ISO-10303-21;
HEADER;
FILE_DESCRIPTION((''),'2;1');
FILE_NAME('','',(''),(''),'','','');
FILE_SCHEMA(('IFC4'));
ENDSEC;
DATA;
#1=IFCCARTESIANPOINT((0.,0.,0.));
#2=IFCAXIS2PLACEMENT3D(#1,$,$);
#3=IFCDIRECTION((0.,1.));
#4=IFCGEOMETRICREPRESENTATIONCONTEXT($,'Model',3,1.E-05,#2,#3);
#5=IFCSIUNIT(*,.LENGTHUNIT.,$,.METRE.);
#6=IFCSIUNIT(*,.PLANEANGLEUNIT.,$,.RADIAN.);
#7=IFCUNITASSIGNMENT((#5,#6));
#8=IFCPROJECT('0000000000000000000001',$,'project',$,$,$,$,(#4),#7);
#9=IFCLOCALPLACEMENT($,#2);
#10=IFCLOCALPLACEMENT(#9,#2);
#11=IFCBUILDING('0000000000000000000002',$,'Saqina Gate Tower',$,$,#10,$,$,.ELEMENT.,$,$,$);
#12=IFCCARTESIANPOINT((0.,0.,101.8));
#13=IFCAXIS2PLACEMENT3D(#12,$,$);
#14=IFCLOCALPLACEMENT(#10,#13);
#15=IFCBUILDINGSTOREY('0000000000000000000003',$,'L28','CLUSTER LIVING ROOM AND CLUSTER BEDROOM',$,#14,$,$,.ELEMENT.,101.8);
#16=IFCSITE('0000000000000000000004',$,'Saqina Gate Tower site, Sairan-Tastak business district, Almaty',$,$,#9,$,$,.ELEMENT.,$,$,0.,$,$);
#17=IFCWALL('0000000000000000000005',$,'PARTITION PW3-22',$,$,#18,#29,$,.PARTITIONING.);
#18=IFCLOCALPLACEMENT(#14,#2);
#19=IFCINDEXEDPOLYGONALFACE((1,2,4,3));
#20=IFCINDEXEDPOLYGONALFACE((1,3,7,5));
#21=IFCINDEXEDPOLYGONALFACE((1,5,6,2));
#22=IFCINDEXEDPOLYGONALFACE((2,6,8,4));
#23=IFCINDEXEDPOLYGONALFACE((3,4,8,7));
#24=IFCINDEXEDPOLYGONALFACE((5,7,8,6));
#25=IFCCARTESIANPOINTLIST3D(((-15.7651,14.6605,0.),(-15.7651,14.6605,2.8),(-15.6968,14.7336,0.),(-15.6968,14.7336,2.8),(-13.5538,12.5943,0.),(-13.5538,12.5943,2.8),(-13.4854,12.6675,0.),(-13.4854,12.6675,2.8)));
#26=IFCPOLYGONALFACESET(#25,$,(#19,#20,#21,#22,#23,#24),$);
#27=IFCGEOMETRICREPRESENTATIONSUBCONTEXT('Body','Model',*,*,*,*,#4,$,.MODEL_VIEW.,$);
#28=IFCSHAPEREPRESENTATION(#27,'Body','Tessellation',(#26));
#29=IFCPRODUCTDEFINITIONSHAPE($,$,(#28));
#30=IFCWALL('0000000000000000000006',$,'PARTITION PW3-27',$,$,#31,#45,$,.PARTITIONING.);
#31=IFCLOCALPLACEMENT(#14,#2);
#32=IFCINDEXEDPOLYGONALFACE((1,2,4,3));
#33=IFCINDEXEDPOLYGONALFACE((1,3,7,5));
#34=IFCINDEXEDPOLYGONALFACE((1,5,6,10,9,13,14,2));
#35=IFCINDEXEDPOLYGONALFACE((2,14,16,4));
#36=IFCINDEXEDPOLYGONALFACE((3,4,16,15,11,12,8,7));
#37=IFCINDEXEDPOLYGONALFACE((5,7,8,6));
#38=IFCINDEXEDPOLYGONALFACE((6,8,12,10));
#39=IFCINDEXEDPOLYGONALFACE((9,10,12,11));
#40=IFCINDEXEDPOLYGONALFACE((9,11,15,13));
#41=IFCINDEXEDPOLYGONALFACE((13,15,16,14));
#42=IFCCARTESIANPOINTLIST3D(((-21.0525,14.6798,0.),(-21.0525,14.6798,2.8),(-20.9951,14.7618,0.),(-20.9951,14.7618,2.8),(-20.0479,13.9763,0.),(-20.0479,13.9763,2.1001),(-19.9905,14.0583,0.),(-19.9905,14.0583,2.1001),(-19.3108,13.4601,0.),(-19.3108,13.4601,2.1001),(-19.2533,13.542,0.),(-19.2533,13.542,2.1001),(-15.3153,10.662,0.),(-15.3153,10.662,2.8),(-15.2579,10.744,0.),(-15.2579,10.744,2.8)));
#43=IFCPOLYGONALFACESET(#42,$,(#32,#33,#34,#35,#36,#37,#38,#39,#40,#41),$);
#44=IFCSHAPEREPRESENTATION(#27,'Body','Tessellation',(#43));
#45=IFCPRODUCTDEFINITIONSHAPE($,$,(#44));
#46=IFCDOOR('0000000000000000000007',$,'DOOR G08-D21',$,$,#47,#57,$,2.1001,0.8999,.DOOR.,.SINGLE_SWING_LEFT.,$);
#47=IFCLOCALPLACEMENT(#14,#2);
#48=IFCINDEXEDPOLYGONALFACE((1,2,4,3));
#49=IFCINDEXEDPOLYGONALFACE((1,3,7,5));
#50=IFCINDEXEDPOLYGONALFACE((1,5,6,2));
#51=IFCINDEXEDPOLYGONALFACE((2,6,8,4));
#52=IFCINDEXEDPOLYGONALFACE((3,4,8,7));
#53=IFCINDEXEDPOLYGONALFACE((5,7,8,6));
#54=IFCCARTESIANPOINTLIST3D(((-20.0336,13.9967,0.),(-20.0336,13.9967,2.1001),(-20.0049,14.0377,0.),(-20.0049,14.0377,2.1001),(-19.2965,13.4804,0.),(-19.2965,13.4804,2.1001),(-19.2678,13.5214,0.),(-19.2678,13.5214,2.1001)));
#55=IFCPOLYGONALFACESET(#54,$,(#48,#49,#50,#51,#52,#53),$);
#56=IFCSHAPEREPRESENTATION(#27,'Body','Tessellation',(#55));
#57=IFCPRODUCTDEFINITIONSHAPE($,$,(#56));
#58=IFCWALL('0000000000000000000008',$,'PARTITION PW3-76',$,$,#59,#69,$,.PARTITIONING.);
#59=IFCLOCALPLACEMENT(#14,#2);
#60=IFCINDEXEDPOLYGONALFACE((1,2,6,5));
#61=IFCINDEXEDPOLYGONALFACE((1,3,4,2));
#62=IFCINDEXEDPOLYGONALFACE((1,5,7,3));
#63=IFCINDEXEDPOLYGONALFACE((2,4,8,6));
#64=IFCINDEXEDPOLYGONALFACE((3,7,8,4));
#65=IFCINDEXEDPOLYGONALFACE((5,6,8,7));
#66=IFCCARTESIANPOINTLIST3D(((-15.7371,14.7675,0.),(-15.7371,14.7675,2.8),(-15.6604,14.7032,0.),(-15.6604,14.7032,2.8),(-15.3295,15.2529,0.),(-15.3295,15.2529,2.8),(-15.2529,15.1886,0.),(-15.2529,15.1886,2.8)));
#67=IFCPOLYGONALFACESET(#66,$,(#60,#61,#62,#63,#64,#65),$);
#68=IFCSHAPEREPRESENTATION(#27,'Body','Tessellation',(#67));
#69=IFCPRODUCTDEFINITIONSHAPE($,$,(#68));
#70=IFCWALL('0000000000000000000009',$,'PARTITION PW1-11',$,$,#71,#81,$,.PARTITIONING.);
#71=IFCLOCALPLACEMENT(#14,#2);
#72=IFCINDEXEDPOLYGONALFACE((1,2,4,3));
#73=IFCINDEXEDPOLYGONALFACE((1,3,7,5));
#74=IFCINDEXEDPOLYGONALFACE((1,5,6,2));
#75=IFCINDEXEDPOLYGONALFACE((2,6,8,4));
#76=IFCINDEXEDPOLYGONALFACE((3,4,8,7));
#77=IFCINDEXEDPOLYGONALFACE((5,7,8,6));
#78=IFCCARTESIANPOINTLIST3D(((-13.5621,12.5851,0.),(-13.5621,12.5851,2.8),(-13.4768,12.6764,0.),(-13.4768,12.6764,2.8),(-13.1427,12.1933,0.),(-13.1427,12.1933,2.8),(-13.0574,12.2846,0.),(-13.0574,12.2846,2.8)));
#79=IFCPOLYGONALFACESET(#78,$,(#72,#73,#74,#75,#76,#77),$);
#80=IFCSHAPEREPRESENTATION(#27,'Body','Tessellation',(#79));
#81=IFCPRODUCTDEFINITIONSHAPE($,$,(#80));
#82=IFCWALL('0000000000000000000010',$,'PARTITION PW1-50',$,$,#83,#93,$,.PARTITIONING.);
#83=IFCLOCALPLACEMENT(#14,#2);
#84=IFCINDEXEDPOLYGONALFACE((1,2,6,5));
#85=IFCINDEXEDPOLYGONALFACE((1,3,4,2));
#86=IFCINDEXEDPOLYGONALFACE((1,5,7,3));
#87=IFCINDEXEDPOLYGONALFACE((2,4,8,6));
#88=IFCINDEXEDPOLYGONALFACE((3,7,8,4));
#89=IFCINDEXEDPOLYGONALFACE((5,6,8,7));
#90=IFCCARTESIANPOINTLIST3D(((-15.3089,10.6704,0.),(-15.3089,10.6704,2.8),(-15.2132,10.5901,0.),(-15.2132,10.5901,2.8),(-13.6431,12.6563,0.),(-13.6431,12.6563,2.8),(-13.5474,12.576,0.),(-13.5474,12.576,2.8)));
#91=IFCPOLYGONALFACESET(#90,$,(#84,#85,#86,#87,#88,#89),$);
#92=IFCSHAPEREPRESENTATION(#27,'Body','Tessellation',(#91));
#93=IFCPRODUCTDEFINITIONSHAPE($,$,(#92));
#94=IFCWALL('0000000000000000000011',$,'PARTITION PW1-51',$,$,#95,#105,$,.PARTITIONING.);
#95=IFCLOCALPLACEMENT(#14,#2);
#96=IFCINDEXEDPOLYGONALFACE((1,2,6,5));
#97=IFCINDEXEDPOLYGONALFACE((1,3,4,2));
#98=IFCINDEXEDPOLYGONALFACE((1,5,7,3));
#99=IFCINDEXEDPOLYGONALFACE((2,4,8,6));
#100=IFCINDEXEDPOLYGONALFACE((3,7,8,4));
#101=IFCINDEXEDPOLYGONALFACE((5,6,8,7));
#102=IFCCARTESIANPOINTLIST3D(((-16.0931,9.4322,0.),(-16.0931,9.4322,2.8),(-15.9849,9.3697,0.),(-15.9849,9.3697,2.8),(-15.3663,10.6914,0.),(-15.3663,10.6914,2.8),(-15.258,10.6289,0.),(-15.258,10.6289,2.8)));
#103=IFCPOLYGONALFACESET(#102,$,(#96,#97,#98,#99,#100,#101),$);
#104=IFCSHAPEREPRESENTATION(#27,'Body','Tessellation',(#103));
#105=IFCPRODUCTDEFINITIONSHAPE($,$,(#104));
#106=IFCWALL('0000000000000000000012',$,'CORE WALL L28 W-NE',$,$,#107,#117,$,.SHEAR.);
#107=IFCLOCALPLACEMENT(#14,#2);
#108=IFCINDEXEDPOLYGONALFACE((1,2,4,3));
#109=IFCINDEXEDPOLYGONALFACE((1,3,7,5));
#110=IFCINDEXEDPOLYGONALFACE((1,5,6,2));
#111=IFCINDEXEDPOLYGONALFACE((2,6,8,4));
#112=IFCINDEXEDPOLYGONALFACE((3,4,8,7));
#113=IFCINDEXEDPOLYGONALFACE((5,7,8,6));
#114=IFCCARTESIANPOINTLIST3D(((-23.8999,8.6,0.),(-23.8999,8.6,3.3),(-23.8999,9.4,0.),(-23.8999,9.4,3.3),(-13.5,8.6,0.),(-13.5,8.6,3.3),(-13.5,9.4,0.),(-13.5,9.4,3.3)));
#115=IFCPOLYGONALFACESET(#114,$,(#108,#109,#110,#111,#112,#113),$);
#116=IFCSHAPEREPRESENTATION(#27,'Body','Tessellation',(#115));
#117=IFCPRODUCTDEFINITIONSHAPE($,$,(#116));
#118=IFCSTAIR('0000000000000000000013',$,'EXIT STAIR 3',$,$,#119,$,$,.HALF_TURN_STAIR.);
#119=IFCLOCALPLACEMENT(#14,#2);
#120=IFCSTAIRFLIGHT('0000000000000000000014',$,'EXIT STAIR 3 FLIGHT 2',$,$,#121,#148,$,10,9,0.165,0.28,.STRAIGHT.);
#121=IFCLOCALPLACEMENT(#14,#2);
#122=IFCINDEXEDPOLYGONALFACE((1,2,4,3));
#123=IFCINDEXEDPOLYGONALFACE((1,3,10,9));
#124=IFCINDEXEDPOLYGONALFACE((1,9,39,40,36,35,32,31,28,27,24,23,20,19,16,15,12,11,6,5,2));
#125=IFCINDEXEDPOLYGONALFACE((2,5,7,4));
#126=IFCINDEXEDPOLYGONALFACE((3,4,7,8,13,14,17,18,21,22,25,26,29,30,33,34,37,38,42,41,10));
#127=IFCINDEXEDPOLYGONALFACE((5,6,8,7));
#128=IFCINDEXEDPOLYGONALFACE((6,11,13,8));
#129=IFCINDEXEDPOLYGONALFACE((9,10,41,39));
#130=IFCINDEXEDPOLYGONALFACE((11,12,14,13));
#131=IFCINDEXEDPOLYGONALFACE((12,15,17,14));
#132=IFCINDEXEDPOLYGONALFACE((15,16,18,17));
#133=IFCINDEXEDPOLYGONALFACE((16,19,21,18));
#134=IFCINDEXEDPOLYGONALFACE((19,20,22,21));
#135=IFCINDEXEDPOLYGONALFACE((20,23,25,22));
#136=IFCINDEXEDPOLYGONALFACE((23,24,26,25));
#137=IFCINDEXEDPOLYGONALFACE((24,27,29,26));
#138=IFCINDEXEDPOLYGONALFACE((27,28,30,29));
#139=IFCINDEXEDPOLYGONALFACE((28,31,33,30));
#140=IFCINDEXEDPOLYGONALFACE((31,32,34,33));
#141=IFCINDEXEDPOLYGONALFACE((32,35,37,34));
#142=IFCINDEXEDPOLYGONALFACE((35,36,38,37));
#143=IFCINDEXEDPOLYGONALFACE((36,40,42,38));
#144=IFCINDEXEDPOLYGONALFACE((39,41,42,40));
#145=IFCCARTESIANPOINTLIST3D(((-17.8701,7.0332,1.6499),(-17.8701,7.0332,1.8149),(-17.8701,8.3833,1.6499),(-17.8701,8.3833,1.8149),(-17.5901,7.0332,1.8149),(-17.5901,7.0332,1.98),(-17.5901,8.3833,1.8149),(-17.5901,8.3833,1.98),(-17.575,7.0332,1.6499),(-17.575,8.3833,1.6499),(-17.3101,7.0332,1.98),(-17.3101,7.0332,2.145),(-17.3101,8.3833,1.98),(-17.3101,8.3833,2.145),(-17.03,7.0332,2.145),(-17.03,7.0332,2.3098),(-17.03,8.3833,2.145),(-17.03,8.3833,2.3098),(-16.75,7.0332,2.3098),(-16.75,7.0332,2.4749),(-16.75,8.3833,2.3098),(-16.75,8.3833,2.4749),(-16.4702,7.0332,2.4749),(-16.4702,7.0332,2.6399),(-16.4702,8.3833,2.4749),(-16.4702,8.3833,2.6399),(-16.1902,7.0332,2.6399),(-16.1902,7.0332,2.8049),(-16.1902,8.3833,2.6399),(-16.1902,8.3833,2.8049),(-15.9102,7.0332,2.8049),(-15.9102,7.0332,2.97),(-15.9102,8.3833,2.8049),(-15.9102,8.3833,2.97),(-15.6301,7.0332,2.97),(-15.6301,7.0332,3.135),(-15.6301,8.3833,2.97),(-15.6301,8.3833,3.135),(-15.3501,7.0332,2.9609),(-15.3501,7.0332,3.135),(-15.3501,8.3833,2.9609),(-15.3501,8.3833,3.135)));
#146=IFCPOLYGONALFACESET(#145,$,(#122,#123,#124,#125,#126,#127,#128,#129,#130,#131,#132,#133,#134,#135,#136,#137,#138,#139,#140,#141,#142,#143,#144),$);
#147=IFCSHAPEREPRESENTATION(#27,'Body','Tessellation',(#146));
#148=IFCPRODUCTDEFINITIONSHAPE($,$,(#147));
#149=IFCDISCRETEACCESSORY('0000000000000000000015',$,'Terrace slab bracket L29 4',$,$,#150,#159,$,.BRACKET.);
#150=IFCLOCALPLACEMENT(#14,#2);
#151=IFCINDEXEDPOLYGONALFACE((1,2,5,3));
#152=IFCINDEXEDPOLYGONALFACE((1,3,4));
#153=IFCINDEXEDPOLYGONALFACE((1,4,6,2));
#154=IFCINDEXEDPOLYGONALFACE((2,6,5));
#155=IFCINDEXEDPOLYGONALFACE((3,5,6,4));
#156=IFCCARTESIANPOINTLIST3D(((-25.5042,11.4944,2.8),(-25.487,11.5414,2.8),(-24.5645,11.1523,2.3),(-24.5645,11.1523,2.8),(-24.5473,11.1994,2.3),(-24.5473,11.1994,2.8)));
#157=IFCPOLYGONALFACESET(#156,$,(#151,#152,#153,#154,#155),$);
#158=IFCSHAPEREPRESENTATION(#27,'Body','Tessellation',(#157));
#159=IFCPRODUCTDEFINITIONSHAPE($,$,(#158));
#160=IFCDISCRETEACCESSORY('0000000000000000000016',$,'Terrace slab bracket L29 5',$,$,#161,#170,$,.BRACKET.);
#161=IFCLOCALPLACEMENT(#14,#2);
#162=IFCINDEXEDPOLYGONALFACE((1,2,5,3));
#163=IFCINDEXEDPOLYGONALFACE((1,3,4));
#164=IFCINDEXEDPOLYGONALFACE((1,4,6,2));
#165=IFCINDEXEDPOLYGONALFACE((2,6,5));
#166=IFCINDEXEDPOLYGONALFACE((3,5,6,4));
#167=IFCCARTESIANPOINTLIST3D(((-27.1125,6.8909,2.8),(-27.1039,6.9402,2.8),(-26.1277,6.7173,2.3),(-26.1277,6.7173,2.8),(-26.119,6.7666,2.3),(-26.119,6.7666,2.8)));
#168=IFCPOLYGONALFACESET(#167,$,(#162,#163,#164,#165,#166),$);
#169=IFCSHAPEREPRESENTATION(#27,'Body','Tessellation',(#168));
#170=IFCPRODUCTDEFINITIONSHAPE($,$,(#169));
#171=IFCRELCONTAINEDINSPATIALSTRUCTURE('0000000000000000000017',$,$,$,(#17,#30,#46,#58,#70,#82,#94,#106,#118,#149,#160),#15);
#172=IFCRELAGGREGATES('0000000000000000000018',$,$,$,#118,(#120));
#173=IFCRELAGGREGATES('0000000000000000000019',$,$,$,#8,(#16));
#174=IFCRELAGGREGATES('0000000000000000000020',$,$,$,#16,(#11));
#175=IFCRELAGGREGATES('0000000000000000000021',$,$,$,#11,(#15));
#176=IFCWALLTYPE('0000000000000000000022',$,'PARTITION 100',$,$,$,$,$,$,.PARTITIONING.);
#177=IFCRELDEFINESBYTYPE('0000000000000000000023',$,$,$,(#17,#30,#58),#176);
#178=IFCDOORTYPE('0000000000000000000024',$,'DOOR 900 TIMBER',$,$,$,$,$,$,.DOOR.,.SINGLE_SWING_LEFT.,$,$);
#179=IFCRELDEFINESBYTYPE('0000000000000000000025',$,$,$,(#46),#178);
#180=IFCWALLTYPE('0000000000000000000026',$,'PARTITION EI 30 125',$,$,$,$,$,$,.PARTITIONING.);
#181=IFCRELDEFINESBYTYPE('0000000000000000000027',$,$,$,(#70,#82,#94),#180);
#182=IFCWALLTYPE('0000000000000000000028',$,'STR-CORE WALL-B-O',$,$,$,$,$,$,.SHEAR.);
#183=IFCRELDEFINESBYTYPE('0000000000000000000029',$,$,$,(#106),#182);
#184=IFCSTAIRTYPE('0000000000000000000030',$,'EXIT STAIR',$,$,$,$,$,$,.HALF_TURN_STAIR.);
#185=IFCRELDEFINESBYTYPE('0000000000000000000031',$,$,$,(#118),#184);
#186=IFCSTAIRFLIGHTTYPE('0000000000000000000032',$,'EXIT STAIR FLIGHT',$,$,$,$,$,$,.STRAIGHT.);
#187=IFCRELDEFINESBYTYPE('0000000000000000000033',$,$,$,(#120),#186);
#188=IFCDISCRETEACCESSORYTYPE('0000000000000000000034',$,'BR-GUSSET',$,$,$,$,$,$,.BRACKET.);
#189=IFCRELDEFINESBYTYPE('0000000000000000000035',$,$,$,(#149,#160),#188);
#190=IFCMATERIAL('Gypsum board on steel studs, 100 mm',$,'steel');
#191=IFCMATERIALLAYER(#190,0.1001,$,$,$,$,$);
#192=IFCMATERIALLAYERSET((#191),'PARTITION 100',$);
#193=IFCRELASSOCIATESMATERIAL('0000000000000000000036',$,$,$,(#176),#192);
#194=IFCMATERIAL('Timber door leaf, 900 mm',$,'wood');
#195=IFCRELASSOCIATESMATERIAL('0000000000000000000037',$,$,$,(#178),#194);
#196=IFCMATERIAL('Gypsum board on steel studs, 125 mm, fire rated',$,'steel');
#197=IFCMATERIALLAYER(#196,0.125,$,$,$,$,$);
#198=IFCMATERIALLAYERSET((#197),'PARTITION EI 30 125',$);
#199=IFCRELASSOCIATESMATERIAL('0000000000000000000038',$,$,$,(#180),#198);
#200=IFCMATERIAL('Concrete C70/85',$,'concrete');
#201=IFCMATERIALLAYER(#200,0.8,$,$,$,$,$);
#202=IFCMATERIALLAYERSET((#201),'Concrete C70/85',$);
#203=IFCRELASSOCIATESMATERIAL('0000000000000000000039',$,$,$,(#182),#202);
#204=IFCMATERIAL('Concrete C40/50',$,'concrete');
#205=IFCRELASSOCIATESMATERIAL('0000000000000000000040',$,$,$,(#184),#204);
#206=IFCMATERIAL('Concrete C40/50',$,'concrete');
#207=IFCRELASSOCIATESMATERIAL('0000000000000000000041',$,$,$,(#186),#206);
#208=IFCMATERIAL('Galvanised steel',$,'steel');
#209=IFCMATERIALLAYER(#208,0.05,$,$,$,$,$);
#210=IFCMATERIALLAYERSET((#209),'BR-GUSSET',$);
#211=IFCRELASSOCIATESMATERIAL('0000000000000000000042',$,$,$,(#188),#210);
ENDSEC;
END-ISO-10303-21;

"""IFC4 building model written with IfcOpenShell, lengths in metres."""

from ifc_helpers import new_model, si_unit, direction, frame, frame_2d, origin, place, context, subcontext, project, spatial, polyline, rectangle, outline, extrude, material, layer, layer_set, type_object, element, fill, aggregate, save


model = new_model("IFC4")

# Units and contexts
model_context = context("Model", 3, precision=1e-05, world=origin(), true_north=direction((0.0, 1.0)))
body_context = subcontext(model_context, "Body", "Model", "MODEL_VIEW")
ifc_project = project(units=[si_unit("LENGTHUNIT", "METRE"), si_unit("PLANEANGLEUNIT", "RADIAN")], contexts=[model_context])

# Site, building, storey
site_placement = place(None, origin())
site = spatial("IfcSite", under=ifc_project, at=site_placement, Name="Saqina Gate Tower site, Sairan-Tastak business district, Almaty", CompositionType="ELEMENT", RefElevation=0.0)
building_placement = place(site_placement, origin())
building = spatial("IfcBuilding", under=site, at=building_placement, Name="Saqina Gate Tower", CompositionType="ELEMENT")
storey_placement = place(building_placement, frame((0.0, 0.0, 101.8)))
storey = spatial("IfcBuildingStorey", under=building, at=storey_placement, Name="L28", Description="CLUSTER LIVING ROOM AND CLUSTER BEDROOM", CompositionType="ELEMENT", Elevation=101.8)

# Wall
ifc_material_1 = material(Name="Gypsum board on steel studs, 100 mm", Category="steel")
ifc_layer_1 = layer(ifc_material_1, 0.1001)
ifc_layer_set_1 = layer_set([ifc_layer_1], Name="PARTITION 100")
wall_type_1 = type_object("IfcWallType", Name="PARTITION 100", PredefinedType="PARTITIONING", material=ifc_layer_set_1)
wall_1_placement = place(storey_placement, frame((-15.731, 14.697, 0.0), z_axis=(0.0, 0.0, 1.0), x_axis=(0.730698, -0.6827, 0.0)))
element("IfcWall", 1, at=wall_1_placement, inside=storey, type_object=wall_type_1, Name="PARTITION PW3-22", PredefinedType="PARTITIONING", context=body_context, shape_type="SweptSolid", body=[
    extrude(rectangle(XDim=3.0264, YDim=0.1001, at=frame_2d((1.5132, 0.0))), origin(), (0.0, 0.0, 1.0), 2.8),
])

# Wall, opening, door
wall_2_placement = place(storey_placement, frame((-21.0237, 14.7207, 0.0), z_axis=(0.0, 0.0, 1.0), x_axis=(0.819117, -0.573626, 0.0)))
wall_2 = element("IfcWall", 2, at=wall_2_placement, inside=storey, type_object=wall_type_1, Name="PARTITION PW3-27", PredefinedType="PARTITIONING", context=body_context, shape_type="SweptSolid", body=[
    extrude(rectangle(XDim=7.0042, YDim=0.1001, at=frame_2d((3.502, 0.0))), origin(), (0.0, 0.0, 1.0), 2.8),
])
opening_placement = place(wall_2_placement, frame((1.2263, 0.0, 0.0)))
opening = element("IfcOpeningElement", 3, at=opening_placement, cuts=wall_2, PredefinedType="OPENING", context=body_context, shape_type="SweptSolid", body=[
    extrude(rectangle(XDim=0.8999, YDim=2.1001, at=frame_2d((0.45, 1.05))), frame((0.0, 0.062, 0.0), z_axis=(0.0, -1.0, 0.0), x_axis=(1.0, 0.0, 0.0)), (0.0, 0.0, 1.0), 0.124),
])
ifc_material_2 = material(Name="Timber door leaf, 900 mm", Category="wood")
door_type = type_object("IfcDoorType", Name="DOOR 900 TIMBER", OperationType="SINGLE_SWING_LEFT", PredefinedType="DOOR", material=ifc_material_2)
door_placement = place(opening_placement, origin())
door = element("IfcDoor", 4, at=door_placement, inside=storey, type_object=door_type, Name="DOOR G08-D21", OperationType="SINGLE_SWING_LEFT", OverallHeight=2.1001, OverallWidth=0.8999, PredefinedType="DOOR", context=body_context, shape_type="SweptSolid", body=[
    extrude(rectangle(XDim=0.8999, YDim=2.1001, at=frame_2d((0.45, 1.05))), frame((0.0, 0.0249, 0.0), z_axis=(0.0, -1.0, 0.0), x_axis=(1.0, 0.0, 0.0)), (0.0, 0.0, 1.0), 0.05),
])
fill(opening, door)

# Walls
wall_3_placement = place(storey_placement, frame((-15.6987, 14.7354, 0.0), z_axis=(0.0, 0.0, 1.0), x_axis=(0.642984, 0.765879, 0.0)))
element("IfcWall", 5, at=wall_3_placement, inside=storey, type_object=wall_type_1, Name="PARTITION PW3-76", PredefinedType="PARTITIONING", context=body_context, shape_type="SweptSolid", body=[
    extrude(rectangle(XDim=0.6338, YDim=0.1001, at=frame_2d((0.3169, 0.0))), origin(), (0.0, 0.0, 1.0), 2.8),
])
ifc_material_3 = material(Name="Gypsum board on steel studs, 125 mm, fire rated", Category="steel")
ifc_layer_2 = layer(ifc_material_3, 0.125)
ifc_layer_set_2 = layer_set([ifc_layer_2], Name="PARTITION EI 30 125")
wall_type_2 = type_object("IfcWallType", Name="PARTITION EI 30 125", PredefinedType="PARTITIONING", material=ifc_layer_set_2)
wall_4_placement = place(storey_placement, frame((-13.5195, 12.6309, 0.0), z_axis=(0.0, 0.0, 1.0), x_axis=(0.73073, -0.682667, 0.0)))
element("IfcWall", 6, at=wall_4_placement, inside=storey, type_object=wall_type_2, Name="PARTITION PW1-11", PredefinedType="PARTITIONING", context=body_context, shape_type="SweptSolid", body=[
    extrude(rectangle(XDim=0.574, YDim=0.125, at=frame_2d((0.2871, 0.0))), origin(), (0.0, 0.0, 1.0), 2.8),
])
wall_5_placement = place(storey_placement, frame((-15.261, 10.6304, 0.0), z_axis=(0.0, 0.0, 1.0), x_axis=(0.642664, 0.766148, 0.0)))
element("IfcWall", 7, at=wall_5_placement, inside=storey, type_object=wall_type_2, Name="PARTITION PW1-50", PredefinedType="PARTITIONING", context=body_context, shape_type="SweptSolid", body=[
    extrude(rectangle(XDim=2.592, YDim=0.125, at=frame_2d((1.2959, 0.0))), origin(), (0.0, 0.0, 1.0), 2.8),
])
wall_6_placement = place(storey_placement, frame((-16.0391, 9.4009, 0.0), z_axis=(0.0, 0.0, 1.0), x_axis=(0.49995, 0.866054, 0.0)))
element("IfcWall", 8, at=wall_6_placement, inside=storey, type_object=wall_type_2, Name="PARTITION PW1-51", PredefinedType="PARTITIONING", context=body_context, shape_type="SweptSolid", body=[
    extrude(rectangle(XDim=1.4539, YDim=0.125, at=frame_2d((0.7271, 0.0))), origin(), (0.0, 0.0, 1.0), 2.8),
])
ifc_material_4 = material(Name="Concrete C70/85", Category="concrete")
ifc_layer_3 = layer(ifc_material_4, 0.8)
ifc_layer_set_3 = layer_set([ifc_layer_3], Name="Concrete C70/85")
wall_type_3 = type_object("IfcWallType", Name="STR-CORE WALL-B-O", PredefinedType="SHEAR", material=ifc_layer_set_3)
wall_7_placement = place(storey_placement, frame((-13.5, 9.0, 0.0), z_axis=(0.0, 0.0, 1.0), x_axis=(-1.0, 0.0, 0.0)))
element("IfcWall", 9, at=wall_7_placement, inside=storey, type_object=wall_type_3, Name="CORE WALL L28 W-NE", PredefinedType="SHEAR", context=body_context, shape_type="SweptSolid", body=[
    extrude(rectangle(XDim=10.3999, YDim=0.8, at=frame_2d((5.2, 0.0))), origin(), (0.0, 0.0, 1.0), 3.3),
])

# Stair, stair flight
ifc_material_5 = material(Name="Concrete C40/50", Category="concrete")
stair_type = type_object("IfcStairType", Name="EXIT STAIR", PredefinedType="HALF_TURN_STAIR", material=ifc_material_5)
stair_placement = place(storey_placement, origin())
stair = element("IfcStair", 10, at=stair_placement, inside=storey, type_object=stair_type, Name="EXIT STAIR 3", PredefinedType="HALF_TURN_STAIR")
ifc_material_6 = material(Name="Concrete C40/50", Category="concrete")
stair_flight_type = type_object("IfcStairFlightType", Name="EXIT STAIR FLIGHT", PredefinedType="STRAIGHT", material=ifc_material_6)
stair_flight_placement = place(storey_placement, frame((-17.8701, 7.7083, 1.6499), z_axis=(0.0, 0.0, 1.0), x_axis=(1.0, 0.0, 0.0)))
stair_flight = element("IfcStairFlight", 11, at=stair_flight_placement, type_object=stair_flight_type, Name="EXIT STAIR 3 FLIGHT 2", NumberOfRisers=10, NumberOfTreads=9, PredefinedType="STRAIGHT", RiserHeight=0.165, TreadLength=0.28, context=body_context, shape_type="SweptSolid", body=[
    extrude(outline(polyline([(0.0, 0.0), (0.0, 0.165), (0.28, 0.165), (0.28, 0.3301), (0.5601, 0.3301), (0.5601, 0.4951), (0.8401, 0.4951), (0.8401, 0.6599), (1.1201, 0.6599), (1.1201, 0.825), (1.3999, 0.825), (1.3999, 0.99), (1.6799, 0.99), (1.6799, 1.155), (1.96, 1.155), (1.96, 1.3201), (2.24, 1.3201), (2.24, 1.4851), (2.52, 1.4851), (2.52, 1.6499), (2.52, 1.311), (0.2952, 0.0), (0.0, 0.0)])), frame((0.0, 0.675, 0.0), z_axis=(0.0, -1.0, 0.0), x_axis=(1.0, 0.0, 0.0)), (0.0, 0.0, 1.0), 1.3501),
])
aggregate(stair, [stair_flight])

# Discrete accessories
ifc_material_7 = material(Name="Galvanised steel", Category="steel")
ifc_layer_4 = layer(ifc_material_7, 0.05)
ifc_layer_set_4 = layer_set([ifc_layer_4], Name="BR-GUSSET")
discrete_accessory_type = type_object("IfcDiscreteAccessoryType", Name="BR-GUSSET", PredefinedType="BRACKET", material=ifc_layer_set_4)
discrete_accessory_1_placement = place(storey_placement, frame((-24.5645, 11.1523, 2.3), z_axis=(-0.342037, -0.939686, 0.0), x_axis=(0.0, 0.0, 1.0)))
element("IfcDiscreteAccessory", 12, at=discrete_accessory_1_placement, inside=storey, type_object=discrete_accessory_type, Name="Terrace slab bracket L29 4", PredefinedType="BRACKET", context=body_context, shape_type="SweptSolid", body=[
    extrude(outline(polyline([(0.0, 0.0), (0.5, 0.0), (0.5, 1.0), (0.0, 0.0)])), origin(), (0.0, 0.0, -1.0), 0.05),
])
discrete_accessory_2_placement = place(storey_placement, frame((-26.1277, 6.7173, 2.3), z_axis=(-0.173576, -0.98482, 0.0), x_axis=(0.0, 0.0, 1.0)))
element("IfcDiscreteAccessory", 13, at=discrete_accessory_2_placement, inside=storey, type_object=discrete_accessory_type, Name="Terrace slab bracket L29 5", PredefinedType="BRACKET", context=body_context, shape_type="SweptSolid", body=[
    extrude(outline(polyline([(0.0, 0.0), (0.5, 0.0), (0.5, 1.0), (0.0, 0.0)])), origin(), (0.0, 0.0, -1.0), 0.05),
])

save(model, "model.ifc")
